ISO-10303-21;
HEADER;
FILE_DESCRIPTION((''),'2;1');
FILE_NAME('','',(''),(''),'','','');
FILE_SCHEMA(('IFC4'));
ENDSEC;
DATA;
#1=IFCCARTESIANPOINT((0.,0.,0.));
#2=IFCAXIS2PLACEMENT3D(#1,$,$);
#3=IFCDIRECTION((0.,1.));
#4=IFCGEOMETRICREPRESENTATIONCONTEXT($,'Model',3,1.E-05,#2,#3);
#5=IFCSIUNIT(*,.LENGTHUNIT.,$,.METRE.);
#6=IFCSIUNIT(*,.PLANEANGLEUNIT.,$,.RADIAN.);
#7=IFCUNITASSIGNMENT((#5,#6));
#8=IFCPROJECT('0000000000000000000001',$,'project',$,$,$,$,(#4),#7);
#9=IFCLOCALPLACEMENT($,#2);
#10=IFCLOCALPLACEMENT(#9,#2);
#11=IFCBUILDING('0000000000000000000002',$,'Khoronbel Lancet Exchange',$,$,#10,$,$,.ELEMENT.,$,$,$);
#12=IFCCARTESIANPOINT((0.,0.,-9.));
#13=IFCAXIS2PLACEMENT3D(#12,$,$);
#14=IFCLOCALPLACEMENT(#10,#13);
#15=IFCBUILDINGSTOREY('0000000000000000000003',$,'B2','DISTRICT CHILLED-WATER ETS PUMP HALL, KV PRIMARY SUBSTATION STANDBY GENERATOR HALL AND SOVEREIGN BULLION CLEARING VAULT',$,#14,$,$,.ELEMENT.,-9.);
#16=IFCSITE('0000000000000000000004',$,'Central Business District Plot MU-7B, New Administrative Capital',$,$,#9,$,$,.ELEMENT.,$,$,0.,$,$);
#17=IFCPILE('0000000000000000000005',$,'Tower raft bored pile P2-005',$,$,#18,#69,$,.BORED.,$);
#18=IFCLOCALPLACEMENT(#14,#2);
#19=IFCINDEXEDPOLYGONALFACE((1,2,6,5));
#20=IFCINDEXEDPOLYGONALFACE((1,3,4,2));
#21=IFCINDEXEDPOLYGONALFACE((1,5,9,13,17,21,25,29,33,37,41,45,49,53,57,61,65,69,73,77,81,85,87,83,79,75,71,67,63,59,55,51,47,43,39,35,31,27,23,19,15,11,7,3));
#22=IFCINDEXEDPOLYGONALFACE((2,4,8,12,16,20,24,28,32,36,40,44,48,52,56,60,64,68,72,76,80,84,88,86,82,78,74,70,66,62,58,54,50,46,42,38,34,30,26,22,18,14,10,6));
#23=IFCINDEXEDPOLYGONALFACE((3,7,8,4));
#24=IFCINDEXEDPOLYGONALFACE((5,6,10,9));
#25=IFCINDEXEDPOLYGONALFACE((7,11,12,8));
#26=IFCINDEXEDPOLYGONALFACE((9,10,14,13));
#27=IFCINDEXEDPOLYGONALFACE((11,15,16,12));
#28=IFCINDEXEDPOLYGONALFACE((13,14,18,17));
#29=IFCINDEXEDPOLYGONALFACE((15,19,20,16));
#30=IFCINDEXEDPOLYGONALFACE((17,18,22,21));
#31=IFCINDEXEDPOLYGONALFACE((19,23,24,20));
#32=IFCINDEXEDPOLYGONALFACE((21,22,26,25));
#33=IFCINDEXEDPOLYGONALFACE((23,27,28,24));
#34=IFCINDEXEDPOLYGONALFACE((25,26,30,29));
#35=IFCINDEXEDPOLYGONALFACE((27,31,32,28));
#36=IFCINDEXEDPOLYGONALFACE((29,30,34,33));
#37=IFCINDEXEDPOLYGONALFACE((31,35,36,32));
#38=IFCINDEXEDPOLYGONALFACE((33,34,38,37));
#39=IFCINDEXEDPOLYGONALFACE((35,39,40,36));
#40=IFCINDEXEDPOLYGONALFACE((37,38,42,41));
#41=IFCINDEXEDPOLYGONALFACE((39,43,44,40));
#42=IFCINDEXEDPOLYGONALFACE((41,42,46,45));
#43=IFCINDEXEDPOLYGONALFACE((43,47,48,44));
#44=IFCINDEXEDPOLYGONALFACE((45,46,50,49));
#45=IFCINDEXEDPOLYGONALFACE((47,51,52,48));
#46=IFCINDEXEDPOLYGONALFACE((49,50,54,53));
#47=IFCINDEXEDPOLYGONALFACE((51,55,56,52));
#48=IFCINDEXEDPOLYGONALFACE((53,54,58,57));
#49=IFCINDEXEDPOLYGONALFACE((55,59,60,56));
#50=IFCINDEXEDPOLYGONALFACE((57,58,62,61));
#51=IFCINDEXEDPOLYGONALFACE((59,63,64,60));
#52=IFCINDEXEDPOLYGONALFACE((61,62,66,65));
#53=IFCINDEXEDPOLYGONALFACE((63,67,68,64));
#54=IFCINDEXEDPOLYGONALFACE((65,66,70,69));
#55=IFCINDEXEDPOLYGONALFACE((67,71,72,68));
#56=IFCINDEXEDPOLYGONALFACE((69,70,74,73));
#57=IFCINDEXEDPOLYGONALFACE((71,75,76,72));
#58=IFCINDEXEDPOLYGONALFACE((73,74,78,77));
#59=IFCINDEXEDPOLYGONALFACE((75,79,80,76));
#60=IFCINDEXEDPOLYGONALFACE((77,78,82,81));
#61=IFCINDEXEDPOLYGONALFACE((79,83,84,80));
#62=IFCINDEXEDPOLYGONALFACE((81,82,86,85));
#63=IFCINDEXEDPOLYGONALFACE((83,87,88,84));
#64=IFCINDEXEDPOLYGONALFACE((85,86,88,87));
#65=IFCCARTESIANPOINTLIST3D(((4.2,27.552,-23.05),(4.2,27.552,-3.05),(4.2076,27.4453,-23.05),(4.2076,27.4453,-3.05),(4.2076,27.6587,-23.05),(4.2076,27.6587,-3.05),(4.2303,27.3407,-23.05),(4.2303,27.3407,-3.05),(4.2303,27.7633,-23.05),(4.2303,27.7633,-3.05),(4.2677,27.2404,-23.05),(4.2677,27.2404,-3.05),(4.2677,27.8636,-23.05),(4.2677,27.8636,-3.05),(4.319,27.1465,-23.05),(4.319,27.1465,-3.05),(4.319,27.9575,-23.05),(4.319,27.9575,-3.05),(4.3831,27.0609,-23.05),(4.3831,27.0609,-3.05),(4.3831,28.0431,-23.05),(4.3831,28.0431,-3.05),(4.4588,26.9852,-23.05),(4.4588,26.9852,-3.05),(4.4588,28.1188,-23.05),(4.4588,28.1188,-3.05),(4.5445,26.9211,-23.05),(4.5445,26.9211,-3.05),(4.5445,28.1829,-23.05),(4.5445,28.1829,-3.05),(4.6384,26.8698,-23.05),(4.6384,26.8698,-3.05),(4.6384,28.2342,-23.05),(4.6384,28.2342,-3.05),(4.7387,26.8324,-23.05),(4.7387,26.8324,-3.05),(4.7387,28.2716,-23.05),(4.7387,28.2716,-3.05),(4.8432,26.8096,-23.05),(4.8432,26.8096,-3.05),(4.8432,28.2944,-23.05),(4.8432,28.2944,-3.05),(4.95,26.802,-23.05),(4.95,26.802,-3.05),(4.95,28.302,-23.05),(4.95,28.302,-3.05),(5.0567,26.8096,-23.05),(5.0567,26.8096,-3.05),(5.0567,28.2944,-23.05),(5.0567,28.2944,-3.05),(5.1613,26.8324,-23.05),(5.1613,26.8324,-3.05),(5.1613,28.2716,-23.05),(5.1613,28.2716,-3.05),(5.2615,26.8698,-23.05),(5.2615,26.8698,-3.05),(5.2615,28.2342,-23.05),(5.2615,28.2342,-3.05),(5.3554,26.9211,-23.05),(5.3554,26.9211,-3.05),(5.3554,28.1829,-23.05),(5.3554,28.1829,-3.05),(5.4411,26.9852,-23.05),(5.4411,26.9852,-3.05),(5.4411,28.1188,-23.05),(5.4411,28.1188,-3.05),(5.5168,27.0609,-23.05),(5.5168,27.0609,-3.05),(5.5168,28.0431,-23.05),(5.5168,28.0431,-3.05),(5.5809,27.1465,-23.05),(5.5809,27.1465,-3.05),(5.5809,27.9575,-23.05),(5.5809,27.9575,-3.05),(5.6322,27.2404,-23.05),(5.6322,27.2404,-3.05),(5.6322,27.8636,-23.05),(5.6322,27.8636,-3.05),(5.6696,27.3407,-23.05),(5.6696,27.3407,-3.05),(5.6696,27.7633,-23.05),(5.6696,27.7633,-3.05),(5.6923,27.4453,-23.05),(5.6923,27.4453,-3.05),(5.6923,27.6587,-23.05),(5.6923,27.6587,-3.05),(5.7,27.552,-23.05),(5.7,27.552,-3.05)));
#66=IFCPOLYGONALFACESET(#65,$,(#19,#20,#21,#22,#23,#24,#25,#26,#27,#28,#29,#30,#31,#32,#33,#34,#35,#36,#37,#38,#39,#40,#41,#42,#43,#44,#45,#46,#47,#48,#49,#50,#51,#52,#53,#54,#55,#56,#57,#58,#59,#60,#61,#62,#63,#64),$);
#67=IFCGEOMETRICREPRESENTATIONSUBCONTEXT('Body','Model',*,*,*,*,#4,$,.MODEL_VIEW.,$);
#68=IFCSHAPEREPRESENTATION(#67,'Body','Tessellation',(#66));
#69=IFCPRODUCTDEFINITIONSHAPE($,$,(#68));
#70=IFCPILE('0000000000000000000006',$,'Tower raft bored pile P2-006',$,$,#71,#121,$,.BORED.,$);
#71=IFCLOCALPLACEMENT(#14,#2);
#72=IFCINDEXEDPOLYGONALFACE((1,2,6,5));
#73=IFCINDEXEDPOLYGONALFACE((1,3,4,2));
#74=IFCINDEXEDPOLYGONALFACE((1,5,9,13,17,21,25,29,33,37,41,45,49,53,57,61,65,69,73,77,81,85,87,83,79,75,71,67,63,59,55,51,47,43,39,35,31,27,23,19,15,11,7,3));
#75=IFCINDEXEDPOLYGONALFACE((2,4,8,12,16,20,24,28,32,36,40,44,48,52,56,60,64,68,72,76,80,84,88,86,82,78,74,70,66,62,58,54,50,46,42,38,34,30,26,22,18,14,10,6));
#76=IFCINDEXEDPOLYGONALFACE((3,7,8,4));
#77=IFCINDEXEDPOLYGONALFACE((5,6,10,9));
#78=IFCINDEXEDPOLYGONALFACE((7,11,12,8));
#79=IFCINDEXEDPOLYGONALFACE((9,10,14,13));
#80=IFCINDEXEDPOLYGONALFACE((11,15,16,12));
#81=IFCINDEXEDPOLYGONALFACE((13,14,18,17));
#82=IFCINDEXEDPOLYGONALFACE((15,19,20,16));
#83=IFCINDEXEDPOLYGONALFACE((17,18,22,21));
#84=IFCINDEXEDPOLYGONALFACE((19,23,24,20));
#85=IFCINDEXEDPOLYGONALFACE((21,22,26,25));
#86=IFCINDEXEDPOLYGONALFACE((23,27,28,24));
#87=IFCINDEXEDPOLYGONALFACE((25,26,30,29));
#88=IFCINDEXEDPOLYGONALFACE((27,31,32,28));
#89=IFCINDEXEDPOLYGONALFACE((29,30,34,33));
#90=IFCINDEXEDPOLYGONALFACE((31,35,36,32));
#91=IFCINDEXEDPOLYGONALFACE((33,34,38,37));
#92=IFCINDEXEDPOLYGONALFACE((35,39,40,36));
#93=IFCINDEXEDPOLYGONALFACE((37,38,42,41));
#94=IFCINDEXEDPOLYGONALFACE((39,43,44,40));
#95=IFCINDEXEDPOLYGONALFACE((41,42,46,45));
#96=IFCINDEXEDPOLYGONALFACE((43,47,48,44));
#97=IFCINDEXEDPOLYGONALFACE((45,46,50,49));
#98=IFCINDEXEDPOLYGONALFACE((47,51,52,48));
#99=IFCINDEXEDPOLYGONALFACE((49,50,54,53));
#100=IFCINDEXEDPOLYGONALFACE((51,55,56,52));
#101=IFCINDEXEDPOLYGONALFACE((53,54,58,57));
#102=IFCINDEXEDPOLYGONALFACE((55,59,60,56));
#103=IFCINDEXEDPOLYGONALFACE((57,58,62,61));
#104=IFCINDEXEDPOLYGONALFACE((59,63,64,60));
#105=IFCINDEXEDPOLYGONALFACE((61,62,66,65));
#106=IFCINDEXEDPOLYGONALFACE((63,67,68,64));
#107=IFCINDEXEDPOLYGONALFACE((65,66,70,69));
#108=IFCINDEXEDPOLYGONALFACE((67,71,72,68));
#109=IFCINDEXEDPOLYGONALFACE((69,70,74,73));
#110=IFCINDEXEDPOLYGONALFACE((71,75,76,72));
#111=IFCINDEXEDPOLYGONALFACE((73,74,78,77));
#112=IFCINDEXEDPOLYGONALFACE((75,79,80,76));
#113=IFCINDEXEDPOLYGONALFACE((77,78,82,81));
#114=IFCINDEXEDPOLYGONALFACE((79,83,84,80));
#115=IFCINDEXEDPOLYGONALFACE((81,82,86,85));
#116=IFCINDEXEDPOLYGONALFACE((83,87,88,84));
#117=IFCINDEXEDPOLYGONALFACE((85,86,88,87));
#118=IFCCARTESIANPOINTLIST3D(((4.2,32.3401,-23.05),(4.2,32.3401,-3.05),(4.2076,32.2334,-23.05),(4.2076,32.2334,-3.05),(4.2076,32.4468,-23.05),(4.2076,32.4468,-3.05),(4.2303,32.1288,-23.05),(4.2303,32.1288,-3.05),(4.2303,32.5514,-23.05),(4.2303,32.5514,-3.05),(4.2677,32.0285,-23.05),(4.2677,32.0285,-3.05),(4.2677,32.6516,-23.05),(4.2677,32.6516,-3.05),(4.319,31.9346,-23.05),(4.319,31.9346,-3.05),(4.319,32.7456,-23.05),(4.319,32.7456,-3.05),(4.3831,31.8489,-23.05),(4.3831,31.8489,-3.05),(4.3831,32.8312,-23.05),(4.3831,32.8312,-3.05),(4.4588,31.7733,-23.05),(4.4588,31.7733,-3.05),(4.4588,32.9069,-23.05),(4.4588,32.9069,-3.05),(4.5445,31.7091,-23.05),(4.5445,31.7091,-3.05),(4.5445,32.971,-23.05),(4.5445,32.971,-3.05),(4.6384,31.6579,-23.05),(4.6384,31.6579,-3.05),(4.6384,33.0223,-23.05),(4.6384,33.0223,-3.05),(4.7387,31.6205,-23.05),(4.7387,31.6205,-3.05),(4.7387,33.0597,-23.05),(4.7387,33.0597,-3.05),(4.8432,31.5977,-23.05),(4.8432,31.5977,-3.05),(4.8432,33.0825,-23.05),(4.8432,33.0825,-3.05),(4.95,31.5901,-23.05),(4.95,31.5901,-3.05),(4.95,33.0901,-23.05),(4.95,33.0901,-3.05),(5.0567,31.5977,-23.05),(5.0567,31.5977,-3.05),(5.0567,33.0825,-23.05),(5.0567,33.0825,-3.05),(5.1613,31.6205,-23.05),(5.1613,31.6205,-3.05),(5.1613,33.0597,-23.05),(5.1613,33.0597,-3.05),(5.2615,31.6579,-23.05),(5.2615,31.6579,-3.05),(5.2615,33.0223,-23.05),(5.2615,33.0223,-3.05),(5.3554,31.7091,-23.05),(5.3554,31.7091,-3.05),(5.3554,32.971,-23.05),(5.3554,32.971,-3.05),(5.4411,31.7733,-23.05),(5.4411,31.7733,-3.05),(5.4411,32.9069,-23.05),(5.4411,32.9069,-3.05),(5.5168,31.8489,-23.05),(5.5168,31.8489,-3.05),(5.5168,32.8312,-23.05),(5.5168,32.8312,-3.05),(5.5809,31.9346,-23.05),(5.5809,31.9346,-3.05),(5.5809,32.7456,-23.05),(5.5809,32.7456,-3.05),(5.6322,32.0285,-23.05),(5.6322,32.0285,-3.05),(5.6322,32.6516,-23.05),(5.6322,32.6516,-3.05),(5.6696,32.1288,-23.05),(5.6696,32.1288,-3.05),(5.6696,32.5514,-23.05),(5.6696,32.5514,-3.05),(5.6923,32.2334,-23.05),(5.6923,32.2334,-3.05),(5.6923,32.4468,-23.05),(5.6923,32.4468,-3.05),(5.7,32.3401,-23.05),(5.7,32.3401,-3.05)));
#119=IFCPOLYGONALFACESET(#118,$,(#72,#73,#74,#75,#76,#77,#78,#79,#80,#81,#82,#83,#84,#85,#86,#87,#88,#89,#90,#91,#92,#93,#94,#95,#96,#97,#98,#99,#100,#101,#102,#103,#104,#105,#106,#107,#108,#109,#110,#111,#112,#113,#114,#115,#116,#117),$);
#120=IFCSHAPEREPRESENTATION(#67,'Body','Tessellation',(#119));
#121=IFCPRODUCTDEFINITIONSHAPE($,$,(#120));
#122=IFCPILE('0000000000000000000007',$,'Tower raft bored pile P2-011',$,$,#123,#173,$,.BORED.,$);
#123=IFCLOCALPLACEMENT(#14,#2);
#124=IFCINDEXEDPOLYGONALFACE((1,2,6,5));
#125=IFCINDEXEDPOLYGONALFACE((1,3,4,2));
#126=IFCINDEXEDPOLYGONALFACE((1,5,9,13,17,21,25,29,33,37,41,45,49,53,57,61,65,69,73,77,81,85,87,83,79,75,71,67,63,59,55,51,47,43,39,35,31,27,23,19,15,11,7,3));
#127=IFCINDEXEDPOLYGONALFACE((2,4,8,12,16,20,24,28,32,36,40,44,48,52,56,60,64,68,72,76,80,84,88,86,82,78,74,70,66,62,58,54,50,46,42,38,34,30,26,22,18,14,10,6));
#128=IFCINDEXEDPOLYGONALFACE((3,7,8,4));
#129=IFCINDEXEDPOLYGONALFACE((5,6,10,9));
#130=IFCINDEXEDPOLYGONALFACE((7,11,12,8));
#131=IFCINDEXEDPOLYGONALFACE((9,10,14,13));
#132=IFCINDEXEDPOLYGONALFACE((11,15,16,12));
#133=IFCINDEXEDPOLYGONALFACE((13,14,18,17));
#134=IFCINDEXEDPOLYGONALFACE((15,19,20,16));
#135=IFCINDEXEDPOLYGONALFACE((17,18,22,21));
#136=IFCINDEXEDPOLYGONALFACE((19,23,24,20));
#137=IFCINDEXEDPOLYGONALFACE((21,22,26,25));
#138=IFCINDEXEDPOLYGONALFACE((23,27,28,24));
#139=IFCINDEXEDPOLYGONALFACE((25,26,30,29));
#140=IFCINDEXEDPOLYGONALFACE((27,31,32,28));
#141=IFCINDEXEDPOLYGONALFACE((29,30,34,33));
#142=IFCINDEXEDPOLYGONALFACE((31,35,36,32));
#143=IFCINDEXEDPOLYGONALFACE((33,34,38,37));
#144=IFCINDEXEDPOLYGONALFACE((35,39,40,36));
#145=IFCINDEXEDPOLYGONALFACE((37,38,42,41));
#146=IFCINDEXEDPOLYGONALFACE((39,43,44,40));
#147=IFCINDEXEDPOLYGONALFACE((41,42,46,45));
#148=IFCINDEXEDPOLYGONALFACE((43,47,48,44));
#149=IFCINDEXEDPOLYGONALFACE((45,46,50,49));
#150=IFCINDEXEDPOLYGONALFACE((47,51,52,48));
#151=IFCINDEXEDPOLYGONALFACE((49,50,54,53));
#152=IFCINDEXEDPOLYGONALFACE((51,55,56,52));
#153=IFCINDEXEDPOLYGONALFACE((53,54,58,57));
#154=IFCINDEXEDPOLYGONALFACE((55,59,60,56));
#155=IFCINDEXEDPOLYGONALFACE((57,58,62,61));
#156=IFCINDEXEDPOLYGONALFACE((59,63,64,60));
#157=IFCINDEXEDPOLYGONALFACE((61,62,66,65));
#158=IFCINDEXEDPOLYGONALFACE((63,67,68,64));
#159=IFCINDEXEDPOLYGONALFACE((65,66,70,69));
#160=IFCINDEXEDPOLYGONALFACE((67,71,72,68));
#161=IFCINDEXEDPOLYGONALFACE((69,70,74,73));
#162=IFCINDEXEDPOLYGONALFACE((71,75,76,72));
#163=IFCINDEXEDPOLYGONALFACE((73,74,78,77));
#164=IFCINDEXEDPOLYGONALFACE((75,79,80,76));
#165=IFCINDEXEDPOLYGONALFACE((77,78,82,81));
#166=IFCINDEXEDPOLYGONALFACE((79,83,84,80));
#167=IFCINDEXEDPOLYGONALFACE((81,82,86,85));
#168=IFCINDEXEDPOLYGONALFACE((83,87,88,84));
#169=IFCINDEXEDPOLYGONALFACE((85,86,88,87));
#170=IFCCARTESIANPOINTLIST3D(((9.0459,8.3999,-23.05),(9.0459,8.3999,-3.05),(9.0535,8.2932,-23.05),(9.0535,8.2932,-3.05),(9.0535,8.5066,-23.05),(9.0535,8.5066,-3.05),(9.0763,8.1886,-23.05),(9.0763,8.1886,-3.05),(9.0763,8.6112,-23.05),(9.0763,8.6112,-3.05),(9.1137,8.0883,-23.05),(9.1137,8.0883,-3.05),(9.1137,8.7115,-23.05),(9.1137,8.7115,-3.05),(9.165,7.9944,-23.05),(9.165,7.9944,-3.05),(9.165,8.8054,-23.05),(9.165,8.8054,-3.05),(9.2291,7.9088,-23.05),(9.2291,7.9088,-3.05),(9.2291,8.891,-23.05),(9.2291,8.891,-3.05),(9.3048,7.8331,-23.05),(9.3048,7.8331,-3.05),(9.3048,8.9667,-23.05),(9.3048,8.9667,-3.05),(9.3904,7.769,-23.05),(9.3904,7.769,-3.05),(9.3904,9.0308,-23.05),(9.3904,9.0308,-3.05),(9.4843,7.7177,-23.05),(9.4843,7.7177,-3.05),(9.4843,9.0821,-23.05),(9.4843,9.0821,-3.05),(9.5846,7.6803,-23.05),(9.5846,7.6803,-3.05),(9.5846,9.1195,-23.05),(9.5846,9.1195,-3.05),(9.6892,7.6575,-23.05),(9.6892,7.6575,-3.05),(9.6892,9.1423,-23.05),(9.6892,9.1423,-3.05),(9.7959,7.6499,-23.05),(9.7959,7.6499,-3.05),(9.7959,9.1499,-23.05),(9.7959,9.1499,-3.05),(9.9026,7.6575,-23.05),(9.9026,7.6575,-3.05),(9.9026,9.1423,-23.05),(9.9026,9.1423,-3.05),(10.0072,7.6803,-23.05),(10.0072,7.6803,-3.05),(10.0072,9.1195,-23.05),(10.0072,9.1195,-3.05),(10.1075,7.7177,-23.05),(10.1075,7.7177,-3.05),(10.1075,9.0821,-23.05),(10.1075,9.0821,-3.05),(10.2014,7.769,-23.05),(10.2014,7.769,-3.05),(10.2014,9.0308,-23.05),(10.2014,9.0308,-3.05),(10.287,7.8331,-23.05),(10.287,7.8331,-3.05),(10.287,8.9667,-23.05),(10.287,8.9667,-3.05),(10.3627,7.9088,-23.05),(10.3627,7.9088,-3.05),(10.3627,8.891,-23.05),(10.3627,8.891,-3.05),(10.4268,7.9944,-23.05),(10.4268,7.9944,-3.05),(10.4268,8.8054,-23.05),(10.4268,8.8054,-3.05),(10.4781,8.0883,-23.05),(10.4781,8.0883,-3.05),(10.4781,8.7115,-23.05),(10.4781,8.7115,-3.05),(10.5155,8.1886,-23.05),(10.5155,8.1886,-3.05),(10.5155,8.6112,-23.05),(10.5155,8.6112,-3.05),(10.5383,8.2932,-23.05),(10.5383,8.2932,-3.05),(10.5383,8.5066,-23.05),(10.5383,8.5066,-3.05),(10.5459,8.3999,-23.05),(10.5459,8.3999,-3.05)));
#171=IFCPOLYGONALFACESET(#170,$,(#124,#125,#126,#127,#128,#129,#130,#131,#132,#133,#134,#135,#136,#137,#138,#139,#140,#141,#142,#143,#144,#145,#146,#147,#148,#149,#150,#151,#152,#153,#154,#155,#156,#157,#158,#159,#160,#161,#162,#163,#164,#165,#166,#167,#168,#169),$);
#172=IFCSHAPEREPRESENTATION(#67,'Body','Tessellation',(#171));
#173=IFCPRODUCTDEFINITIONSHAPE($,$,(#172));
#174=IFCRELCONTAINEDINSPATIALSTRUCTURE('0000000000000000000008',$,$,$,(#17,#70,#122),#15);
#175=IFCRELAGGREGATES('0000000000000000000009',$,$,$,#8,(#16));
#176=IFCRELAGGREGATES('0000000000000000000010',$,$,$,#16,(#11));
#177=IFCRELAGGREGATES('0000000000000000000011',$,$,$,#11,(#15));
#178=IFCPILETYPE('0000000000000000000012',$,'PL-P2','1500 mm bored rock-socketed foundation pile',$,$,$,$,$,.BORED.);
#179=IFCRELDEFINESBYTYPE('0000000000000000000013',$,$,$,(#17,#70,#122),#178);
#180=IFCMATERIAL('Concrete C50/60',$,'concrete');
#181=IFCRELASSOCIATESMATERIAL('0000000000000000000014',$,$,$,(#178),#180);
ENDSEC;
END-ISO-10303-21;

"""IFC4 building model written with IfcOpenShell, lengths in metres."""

from ifc_helpers import new_model, si_unit, direction, frame, origin, origin_2d, place, context, subcontext, project, spatial, circle, extrude, material, material_profile, profile_set, type_object, element, save


model = new_model("IFC4")

# Units and contexts
model_context = context("Model", 3, precision=1e-05, world=origin(), true_north=direction((0.0, 1.0)))
body_context = subcontext(model_context, "Body", "Model", "MODEL_VIEW")
ifc_project = project(units=[si_unit("LENGTHUNIT", "METRE"), si_unit("PLANEANGLEUNIT", "RADIAN")], contexts=[model_context])

# Site, building, storey
site_placement = place(None, origin())
site = spatial("IfcSite", under=ifc_project, at=site_placement, Name="Central Business District Plot MU-7B, New Administrative Capital", CompositionType="ELEMENT", RefElevation=0.0)
building_placement = place(site_placement, origin())
building = spatial("IfcBuilding", under=site, at=building_placement, Name="Khoronbel Lancet Exchange", CompositionType="ELEMENT")
storey_placement = place(building_placement, frame((0.0, 0.0, -9.0)))
storey = spatial("IfcBuildingStorey", under=building, at=storey_placement, Name="B2", Description="DISTRICT CHILLED-WATER ETS PUMP HALL, KV PRIMARY SUBSTATION STANDBY GENERATOR HALL AND SOVEREIGN BULLION CLEARING VAULT", CompositionType="ELEMENT", Elevation=-9.0)

# Piles
ifc_material_1 = material(Name="Concrete C50/60", Category="concrete")
ifc_material_profile_1 = material_profile(ifc_material_1, circle(Radius=0.75, at=origin_2d()), Name="BORED PILE D1500")
ifc_profile_set_1 = profile_set([ifc_material_profile_1], Name="Concrete C50/60")
pile_type = type_object("IfcPileType", Name="PL-P2", Description="1500 mm bored rock-socketed foundation pile", PredefinedType="BORED", material=ifc_profile_set_1)
for number, where, z_axis, x_axis, name in (
    (1, (4.95, 27.552, -3.05), (0.0, 0.0, -1.0), (1.0, 0.0, 0.0), "Tower raft bored pile P2-005"),
    (2, (4.95, 32.3401, -3.05), (0.0, 0.0, -1.0), (1.0, 0.0, 0.0), "Tower raft bored pile P2-006"),
    (3, (9.7959, 8.3999, -3.05), (0.0, 0.0, -1.0), (1.0, 0.0, 0.0), "Tower raft bored pile P2-011"),
):
    element("IfcPile", number, at=place(storey_placement, frame(where, z_axis=z_axis, x_axis=x_axis)), inside=storey, type_object=pile_type, Name=name, PredefinedType="BORED", context=body_context, shape_type="SweptSolid", body=[
        extrude(circle(Radius=0.75, at=origin_2d()), origin(), (0.0, 0.0, 1.0), 20.0),
    ])

save(model, "model.ifc")
